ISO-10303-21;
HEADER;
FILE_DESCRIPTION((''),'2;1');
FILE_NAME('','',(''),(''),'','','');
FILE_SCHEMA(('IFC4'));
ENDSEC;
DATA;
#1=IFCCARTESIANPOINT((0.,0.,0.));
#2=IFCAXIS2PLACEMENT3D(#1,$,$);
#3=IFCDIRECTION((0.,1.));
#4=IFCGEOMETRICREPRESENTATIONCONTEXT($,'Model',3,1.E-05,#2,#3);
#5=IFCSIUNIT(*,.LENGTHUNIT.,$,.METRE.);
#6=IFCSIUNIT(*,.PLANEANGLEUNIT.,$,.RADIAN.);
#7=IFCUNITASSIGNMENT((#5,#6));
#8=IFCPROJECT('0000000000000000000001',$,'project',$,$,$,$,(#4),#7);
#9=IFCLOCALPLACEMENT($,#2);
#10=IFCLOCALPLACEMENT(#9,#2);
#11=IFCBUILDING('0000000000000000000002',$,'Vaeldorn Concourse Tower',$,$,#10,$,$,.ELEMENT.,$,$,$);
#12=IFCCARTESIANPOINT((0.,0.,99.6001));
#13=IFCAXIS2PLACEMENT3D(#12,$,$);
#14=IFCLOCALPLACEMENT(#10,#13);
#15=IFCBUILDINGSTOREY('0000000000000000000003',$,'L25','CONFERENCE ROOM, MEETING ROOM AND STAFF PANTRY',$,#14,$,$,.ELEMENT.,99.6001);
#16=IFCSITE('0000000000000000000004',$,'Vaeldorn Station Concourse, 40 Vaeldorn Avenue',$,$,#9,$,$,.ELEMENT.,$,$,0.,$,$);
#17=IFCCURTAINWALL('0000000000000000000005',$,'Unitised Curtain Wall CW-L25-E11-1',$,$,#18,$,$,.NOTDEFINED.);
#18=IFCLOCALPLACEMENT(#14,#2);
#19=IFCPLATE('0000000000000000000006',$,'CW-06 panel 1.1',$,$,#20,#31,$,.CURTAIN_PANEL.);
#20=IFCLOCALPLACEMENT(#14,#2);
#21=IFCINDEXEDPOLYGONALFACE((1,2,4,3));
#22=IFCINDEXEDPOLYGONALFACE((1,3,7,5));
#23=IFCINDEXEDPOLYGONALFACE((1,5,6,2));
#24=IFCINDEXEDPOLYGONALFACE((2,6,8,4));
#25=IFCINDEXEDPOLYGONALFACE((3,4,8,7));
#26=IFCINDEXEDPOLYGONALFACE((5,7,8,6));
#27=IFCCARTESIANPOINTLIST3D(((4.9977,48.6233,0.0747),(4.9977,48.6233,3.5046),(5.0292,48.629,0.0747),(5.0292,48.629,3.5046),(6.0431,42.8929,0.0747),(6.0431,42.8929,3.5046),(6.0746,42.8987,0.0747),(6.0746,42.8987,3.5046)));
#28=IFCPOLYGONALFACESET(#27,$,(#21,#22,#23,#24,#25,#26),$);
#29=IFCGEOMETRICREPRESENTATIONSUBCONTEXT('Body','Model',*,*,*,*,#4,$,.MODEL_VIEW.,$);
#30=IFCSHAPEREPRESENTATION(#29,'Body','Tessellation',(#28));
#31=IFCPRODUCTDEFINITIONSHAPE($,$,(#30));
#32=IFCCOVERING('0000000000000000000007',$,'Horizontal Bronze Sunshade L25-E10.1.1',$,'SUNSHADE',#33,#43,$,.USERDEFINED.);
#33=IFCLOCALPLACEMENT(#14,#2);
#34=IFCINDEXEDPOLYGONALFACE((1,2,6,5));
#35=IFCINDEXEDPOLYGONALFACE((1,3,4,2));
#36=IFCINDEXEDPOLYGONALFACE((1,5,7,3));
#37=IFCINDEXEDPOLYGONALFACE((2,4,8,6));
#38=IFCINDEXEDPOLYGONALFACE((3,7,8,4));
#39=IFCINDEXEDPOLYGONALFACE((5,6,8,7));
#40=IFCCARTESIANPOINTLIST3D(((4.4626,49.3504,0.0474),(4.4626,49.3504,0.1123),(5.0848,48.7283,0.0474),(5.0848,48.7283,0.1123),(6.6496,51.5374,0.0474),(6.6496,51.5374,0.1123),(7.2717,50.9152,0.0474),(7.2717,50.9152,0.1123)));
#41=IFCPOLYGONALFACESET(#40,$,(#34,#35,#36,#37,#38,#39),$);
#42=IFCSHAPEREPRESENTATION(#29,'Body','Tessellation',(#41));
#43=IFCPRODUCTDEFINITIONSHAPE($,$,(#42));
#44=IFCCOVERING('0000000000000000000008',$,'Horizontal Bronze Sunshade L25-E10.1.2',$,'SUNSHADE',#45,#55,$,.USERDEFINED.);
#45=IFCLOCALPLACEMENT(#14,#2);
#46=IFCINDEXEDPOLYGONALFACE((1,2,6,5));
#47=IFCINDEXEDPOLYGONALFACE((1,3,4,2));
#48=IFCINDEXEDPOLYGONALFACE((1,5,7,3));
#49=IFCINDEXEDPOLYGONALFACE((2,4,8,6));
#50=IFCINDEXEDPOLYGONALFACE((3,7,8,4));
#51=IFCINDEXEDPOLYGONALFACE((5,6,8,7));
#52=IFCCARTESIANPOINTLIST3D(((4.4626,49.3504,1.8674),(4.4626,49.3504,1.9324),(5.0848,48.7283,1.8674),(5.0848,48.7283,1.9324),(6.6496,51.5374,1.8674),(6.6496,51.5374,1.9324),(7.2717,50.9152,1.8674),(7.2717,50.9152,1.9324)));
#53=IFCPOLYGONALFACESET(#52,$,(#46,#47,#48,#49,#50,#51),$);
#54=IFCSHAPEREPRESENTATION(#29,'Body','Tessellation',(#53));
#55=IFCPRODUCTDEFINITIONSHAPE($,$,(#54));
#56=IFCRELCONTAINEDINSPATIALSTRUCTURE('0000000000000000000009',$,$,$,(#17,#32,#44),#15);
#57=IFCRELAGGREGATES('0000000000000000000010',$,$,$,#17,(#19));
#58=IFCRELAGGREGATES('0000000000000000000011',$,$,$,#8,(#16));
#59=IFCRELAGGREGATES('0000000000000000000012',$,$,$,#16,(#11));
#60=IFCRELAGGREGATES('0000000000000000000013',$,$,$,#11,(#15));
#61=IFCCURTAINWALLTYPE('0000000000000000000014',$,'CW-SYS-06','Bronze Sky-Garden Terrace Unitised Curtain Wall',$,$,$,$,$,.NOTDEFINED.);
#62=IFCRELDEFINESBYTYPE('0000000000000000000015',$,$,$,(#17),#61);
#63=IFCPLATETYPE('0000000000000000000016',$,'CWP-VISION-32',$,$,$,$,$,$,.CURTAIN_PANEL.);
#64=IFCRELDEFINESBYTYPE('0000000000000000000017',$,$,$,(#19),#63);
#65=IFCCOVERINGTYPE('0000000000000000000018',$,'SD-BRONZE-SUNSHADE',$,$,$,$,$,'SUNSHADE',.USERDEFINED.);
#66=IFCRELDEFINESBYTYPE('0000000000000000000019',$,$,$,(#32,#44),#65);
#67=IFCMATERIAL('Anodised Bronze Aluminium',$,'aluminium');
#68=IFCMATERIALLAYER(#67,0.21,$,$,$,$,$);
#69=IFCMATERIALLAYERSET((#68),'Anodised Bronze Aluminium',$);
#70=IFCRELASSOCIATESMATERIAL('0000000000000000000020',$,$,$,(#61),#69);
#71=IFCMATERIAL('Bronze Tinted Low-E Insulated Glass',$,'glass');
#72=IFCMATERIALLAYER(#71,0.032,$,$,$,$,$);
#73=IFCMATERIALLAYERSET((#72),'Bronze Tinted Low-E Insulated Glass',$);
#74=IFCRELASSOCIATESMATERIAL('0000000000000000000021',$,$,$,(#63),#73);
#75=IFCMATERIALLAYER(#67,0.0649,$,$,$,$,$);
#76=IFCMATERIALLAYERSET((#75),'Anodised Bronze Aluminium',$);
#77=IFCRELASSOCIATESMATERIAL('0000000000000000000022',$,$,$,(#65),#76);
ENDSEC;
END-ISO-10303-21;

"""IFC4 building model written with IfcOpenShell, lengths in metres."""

from ifc_helpers import new_model, si_unit, direction, frame, origin, origin_2d, place, context, subcontext, project, spatial, rectangle, extrude, source, transform, mapped, material, layer, layer_set, type_object, element, aggregate, save


model = new_model("IFC4")

# Units and contexts
model_context = context("Model", 3, precision=1e-05, world=origin(), true_north=direction((0.0, 1.0)))
body_context = subcontext(model_context, "Body", "Model", "MODEL_VIEW")
ifc_project = project(units=[si_unit("LENGTHUNIT", "METRE"), si_unit("PLANEANGLEUNIT", "RADIAN")], contexts=[model_context])

# Site, building, storey
site_placement = place(None, origin())
site = spatial("IfcSite", under=ifc_project, at=site_placement, Name="Vaeldorn Station Concourse, 40 Vaeldorn Avenue", CompositionType="ELEMENT", RefElevation=0.0)
building_placement = place(site_placement, origin())
building = spatial("IfcBuilding", under=site, at=building_placement, Name="Vaeldorn Concourse Tower", CompositionType="ELEMENT")
storey_placement = place(building_placement, frame((0.0, 0.0, 99.6001)))
storey = spatial("IfcBuildingStorey", under=building, at=storey_placement, Name="L25", Description="CONFERENCE ROOM, MEETING ROOM AND STAFF PANTRY", CompositionType="ELEMENT", Elevation=99.6001)

# Curtain wall
ifc_material_1 = material(Name="Anodised Bronze Aluminium", Category="aluminium")
ifc_layer_1 = layer(ifc_material_1, 0.21)
ifc_layer_set_1 = layer_set([ifc_layer_1], Name="Anodised Bronze Aluminium")
curtain_wall_type = type_object("IfcCurtainWallType", Name="CW-SYS-06", Description="Bronze Sky-Garden Terrace Unitised Curtain Wall", PredefinedType="NOTDEFINED", material=ifc_layer_set_1)
curtain_wall_1_placement = place(storey_placement, origin())
curtain_wall_1 = element("IfcCurtainWall", 1, at=curtain_wall_1_placement, inside=storey, type_object=curtain_wall_type, Name="Unitised Curtain Wall CW-L25-E11-1", PredefinedType="NOTDEFINED")

# Plate
ifc_material_2 = material(Name="Bronze Tinted Low-E Insulated Glass", Category="glass")
ifc_layer_2 = layer(ifc_material_2, 0.032)
ifc_layer_set_2 = layer_set([ifc_layer_2], Name="Bronze Tinted Low-E Insulated Glass")
plate_type = type_object("IfcPlateType", Name="CWP-VISION-32", PredefinedType="CURTAIN_PANEL", material=ifc_layer_set_2)
shared_shape_1 = source(origin(), body_context, "Body", "SweptSolid", [
    extrude(rectangle(XDim=5.825, YDim=0.032, at=origin_2d()), origin(), (0.0, 0.0, 1.0), 3.4299),
])
plate_1_placement = place(storey_placement, frame((5.5361, 45.761, 0.0747), z_axis=(0.0, 0.0, 1.0), x_axis=(0.179472, -0.983763, 0.0)))
plate_1 = element("IfcPlate", 2, at=plate_1_placement, type_object=plate_type, Name="CW-06 panel 1.1", PredefinedType="CURTAIN_PANEL", context=body_context, shape_type="MappedRepresentation", body=[
    mapped(shared_shape_1, transform((0.0, 0.0, 0.0), scale=1.0)),
])
aggregate(curtain_wall_1, [plate_1])

# Coverings
ifc_layer_3 = layer(ifc_material_1, 0.0649)
ifc_layer_set_3 = layer_set([ifc_layer_3], Name="Anodised Bronze Aluminium")
covering_type = type_object("IfcCoveringType", Name="SD-BRONZE-SUNSHADE", ElementType="SUNSHADE", PredefinedType="USERDEFINED", material=ifc_layer_set_3)
shared_shape_2 = source(origin(), body_context, "Body", "SweptSolid", [
    extrude(rectangle(XDim=3.0928, YDim=0.8799, at=origin_2d()), origin(), (0.0, 0.0, 1.0), 0.0649),
])
for number, where, z_axis, x_axis, name in (
    (3, (5.8672, 50.1328, 0.0474), (0.0, 0.0, 1.0), (-0.707107, -0.707107, 0.0), "Horizontal Bronze Sunshade L25-E10.1.1"),
    (4, (5.8672, 50.1328, 1.8674), (0.0, 0.0, 1.0), (-0.707107, -0.707107, 0.0), "Horizontal Bronze Sunshade L25-E10.1.2"),
):
    element("IfcCovering", number, at=place(storey_placement, frame(where, z_axis=z_axis, x_axis=x_axis)), inside=storey, type_object=covering_type, Name=name, ObjectType="SUNSHADE", PredefinedType="USERDEFINED", context=body_context, shape_type="MappedRepresentation", body=[
        mapped(shared_shape_2, transform((0.0, 0.0, 0.0), scale=1.0)),
    ])

save(model, "model.ifc")
